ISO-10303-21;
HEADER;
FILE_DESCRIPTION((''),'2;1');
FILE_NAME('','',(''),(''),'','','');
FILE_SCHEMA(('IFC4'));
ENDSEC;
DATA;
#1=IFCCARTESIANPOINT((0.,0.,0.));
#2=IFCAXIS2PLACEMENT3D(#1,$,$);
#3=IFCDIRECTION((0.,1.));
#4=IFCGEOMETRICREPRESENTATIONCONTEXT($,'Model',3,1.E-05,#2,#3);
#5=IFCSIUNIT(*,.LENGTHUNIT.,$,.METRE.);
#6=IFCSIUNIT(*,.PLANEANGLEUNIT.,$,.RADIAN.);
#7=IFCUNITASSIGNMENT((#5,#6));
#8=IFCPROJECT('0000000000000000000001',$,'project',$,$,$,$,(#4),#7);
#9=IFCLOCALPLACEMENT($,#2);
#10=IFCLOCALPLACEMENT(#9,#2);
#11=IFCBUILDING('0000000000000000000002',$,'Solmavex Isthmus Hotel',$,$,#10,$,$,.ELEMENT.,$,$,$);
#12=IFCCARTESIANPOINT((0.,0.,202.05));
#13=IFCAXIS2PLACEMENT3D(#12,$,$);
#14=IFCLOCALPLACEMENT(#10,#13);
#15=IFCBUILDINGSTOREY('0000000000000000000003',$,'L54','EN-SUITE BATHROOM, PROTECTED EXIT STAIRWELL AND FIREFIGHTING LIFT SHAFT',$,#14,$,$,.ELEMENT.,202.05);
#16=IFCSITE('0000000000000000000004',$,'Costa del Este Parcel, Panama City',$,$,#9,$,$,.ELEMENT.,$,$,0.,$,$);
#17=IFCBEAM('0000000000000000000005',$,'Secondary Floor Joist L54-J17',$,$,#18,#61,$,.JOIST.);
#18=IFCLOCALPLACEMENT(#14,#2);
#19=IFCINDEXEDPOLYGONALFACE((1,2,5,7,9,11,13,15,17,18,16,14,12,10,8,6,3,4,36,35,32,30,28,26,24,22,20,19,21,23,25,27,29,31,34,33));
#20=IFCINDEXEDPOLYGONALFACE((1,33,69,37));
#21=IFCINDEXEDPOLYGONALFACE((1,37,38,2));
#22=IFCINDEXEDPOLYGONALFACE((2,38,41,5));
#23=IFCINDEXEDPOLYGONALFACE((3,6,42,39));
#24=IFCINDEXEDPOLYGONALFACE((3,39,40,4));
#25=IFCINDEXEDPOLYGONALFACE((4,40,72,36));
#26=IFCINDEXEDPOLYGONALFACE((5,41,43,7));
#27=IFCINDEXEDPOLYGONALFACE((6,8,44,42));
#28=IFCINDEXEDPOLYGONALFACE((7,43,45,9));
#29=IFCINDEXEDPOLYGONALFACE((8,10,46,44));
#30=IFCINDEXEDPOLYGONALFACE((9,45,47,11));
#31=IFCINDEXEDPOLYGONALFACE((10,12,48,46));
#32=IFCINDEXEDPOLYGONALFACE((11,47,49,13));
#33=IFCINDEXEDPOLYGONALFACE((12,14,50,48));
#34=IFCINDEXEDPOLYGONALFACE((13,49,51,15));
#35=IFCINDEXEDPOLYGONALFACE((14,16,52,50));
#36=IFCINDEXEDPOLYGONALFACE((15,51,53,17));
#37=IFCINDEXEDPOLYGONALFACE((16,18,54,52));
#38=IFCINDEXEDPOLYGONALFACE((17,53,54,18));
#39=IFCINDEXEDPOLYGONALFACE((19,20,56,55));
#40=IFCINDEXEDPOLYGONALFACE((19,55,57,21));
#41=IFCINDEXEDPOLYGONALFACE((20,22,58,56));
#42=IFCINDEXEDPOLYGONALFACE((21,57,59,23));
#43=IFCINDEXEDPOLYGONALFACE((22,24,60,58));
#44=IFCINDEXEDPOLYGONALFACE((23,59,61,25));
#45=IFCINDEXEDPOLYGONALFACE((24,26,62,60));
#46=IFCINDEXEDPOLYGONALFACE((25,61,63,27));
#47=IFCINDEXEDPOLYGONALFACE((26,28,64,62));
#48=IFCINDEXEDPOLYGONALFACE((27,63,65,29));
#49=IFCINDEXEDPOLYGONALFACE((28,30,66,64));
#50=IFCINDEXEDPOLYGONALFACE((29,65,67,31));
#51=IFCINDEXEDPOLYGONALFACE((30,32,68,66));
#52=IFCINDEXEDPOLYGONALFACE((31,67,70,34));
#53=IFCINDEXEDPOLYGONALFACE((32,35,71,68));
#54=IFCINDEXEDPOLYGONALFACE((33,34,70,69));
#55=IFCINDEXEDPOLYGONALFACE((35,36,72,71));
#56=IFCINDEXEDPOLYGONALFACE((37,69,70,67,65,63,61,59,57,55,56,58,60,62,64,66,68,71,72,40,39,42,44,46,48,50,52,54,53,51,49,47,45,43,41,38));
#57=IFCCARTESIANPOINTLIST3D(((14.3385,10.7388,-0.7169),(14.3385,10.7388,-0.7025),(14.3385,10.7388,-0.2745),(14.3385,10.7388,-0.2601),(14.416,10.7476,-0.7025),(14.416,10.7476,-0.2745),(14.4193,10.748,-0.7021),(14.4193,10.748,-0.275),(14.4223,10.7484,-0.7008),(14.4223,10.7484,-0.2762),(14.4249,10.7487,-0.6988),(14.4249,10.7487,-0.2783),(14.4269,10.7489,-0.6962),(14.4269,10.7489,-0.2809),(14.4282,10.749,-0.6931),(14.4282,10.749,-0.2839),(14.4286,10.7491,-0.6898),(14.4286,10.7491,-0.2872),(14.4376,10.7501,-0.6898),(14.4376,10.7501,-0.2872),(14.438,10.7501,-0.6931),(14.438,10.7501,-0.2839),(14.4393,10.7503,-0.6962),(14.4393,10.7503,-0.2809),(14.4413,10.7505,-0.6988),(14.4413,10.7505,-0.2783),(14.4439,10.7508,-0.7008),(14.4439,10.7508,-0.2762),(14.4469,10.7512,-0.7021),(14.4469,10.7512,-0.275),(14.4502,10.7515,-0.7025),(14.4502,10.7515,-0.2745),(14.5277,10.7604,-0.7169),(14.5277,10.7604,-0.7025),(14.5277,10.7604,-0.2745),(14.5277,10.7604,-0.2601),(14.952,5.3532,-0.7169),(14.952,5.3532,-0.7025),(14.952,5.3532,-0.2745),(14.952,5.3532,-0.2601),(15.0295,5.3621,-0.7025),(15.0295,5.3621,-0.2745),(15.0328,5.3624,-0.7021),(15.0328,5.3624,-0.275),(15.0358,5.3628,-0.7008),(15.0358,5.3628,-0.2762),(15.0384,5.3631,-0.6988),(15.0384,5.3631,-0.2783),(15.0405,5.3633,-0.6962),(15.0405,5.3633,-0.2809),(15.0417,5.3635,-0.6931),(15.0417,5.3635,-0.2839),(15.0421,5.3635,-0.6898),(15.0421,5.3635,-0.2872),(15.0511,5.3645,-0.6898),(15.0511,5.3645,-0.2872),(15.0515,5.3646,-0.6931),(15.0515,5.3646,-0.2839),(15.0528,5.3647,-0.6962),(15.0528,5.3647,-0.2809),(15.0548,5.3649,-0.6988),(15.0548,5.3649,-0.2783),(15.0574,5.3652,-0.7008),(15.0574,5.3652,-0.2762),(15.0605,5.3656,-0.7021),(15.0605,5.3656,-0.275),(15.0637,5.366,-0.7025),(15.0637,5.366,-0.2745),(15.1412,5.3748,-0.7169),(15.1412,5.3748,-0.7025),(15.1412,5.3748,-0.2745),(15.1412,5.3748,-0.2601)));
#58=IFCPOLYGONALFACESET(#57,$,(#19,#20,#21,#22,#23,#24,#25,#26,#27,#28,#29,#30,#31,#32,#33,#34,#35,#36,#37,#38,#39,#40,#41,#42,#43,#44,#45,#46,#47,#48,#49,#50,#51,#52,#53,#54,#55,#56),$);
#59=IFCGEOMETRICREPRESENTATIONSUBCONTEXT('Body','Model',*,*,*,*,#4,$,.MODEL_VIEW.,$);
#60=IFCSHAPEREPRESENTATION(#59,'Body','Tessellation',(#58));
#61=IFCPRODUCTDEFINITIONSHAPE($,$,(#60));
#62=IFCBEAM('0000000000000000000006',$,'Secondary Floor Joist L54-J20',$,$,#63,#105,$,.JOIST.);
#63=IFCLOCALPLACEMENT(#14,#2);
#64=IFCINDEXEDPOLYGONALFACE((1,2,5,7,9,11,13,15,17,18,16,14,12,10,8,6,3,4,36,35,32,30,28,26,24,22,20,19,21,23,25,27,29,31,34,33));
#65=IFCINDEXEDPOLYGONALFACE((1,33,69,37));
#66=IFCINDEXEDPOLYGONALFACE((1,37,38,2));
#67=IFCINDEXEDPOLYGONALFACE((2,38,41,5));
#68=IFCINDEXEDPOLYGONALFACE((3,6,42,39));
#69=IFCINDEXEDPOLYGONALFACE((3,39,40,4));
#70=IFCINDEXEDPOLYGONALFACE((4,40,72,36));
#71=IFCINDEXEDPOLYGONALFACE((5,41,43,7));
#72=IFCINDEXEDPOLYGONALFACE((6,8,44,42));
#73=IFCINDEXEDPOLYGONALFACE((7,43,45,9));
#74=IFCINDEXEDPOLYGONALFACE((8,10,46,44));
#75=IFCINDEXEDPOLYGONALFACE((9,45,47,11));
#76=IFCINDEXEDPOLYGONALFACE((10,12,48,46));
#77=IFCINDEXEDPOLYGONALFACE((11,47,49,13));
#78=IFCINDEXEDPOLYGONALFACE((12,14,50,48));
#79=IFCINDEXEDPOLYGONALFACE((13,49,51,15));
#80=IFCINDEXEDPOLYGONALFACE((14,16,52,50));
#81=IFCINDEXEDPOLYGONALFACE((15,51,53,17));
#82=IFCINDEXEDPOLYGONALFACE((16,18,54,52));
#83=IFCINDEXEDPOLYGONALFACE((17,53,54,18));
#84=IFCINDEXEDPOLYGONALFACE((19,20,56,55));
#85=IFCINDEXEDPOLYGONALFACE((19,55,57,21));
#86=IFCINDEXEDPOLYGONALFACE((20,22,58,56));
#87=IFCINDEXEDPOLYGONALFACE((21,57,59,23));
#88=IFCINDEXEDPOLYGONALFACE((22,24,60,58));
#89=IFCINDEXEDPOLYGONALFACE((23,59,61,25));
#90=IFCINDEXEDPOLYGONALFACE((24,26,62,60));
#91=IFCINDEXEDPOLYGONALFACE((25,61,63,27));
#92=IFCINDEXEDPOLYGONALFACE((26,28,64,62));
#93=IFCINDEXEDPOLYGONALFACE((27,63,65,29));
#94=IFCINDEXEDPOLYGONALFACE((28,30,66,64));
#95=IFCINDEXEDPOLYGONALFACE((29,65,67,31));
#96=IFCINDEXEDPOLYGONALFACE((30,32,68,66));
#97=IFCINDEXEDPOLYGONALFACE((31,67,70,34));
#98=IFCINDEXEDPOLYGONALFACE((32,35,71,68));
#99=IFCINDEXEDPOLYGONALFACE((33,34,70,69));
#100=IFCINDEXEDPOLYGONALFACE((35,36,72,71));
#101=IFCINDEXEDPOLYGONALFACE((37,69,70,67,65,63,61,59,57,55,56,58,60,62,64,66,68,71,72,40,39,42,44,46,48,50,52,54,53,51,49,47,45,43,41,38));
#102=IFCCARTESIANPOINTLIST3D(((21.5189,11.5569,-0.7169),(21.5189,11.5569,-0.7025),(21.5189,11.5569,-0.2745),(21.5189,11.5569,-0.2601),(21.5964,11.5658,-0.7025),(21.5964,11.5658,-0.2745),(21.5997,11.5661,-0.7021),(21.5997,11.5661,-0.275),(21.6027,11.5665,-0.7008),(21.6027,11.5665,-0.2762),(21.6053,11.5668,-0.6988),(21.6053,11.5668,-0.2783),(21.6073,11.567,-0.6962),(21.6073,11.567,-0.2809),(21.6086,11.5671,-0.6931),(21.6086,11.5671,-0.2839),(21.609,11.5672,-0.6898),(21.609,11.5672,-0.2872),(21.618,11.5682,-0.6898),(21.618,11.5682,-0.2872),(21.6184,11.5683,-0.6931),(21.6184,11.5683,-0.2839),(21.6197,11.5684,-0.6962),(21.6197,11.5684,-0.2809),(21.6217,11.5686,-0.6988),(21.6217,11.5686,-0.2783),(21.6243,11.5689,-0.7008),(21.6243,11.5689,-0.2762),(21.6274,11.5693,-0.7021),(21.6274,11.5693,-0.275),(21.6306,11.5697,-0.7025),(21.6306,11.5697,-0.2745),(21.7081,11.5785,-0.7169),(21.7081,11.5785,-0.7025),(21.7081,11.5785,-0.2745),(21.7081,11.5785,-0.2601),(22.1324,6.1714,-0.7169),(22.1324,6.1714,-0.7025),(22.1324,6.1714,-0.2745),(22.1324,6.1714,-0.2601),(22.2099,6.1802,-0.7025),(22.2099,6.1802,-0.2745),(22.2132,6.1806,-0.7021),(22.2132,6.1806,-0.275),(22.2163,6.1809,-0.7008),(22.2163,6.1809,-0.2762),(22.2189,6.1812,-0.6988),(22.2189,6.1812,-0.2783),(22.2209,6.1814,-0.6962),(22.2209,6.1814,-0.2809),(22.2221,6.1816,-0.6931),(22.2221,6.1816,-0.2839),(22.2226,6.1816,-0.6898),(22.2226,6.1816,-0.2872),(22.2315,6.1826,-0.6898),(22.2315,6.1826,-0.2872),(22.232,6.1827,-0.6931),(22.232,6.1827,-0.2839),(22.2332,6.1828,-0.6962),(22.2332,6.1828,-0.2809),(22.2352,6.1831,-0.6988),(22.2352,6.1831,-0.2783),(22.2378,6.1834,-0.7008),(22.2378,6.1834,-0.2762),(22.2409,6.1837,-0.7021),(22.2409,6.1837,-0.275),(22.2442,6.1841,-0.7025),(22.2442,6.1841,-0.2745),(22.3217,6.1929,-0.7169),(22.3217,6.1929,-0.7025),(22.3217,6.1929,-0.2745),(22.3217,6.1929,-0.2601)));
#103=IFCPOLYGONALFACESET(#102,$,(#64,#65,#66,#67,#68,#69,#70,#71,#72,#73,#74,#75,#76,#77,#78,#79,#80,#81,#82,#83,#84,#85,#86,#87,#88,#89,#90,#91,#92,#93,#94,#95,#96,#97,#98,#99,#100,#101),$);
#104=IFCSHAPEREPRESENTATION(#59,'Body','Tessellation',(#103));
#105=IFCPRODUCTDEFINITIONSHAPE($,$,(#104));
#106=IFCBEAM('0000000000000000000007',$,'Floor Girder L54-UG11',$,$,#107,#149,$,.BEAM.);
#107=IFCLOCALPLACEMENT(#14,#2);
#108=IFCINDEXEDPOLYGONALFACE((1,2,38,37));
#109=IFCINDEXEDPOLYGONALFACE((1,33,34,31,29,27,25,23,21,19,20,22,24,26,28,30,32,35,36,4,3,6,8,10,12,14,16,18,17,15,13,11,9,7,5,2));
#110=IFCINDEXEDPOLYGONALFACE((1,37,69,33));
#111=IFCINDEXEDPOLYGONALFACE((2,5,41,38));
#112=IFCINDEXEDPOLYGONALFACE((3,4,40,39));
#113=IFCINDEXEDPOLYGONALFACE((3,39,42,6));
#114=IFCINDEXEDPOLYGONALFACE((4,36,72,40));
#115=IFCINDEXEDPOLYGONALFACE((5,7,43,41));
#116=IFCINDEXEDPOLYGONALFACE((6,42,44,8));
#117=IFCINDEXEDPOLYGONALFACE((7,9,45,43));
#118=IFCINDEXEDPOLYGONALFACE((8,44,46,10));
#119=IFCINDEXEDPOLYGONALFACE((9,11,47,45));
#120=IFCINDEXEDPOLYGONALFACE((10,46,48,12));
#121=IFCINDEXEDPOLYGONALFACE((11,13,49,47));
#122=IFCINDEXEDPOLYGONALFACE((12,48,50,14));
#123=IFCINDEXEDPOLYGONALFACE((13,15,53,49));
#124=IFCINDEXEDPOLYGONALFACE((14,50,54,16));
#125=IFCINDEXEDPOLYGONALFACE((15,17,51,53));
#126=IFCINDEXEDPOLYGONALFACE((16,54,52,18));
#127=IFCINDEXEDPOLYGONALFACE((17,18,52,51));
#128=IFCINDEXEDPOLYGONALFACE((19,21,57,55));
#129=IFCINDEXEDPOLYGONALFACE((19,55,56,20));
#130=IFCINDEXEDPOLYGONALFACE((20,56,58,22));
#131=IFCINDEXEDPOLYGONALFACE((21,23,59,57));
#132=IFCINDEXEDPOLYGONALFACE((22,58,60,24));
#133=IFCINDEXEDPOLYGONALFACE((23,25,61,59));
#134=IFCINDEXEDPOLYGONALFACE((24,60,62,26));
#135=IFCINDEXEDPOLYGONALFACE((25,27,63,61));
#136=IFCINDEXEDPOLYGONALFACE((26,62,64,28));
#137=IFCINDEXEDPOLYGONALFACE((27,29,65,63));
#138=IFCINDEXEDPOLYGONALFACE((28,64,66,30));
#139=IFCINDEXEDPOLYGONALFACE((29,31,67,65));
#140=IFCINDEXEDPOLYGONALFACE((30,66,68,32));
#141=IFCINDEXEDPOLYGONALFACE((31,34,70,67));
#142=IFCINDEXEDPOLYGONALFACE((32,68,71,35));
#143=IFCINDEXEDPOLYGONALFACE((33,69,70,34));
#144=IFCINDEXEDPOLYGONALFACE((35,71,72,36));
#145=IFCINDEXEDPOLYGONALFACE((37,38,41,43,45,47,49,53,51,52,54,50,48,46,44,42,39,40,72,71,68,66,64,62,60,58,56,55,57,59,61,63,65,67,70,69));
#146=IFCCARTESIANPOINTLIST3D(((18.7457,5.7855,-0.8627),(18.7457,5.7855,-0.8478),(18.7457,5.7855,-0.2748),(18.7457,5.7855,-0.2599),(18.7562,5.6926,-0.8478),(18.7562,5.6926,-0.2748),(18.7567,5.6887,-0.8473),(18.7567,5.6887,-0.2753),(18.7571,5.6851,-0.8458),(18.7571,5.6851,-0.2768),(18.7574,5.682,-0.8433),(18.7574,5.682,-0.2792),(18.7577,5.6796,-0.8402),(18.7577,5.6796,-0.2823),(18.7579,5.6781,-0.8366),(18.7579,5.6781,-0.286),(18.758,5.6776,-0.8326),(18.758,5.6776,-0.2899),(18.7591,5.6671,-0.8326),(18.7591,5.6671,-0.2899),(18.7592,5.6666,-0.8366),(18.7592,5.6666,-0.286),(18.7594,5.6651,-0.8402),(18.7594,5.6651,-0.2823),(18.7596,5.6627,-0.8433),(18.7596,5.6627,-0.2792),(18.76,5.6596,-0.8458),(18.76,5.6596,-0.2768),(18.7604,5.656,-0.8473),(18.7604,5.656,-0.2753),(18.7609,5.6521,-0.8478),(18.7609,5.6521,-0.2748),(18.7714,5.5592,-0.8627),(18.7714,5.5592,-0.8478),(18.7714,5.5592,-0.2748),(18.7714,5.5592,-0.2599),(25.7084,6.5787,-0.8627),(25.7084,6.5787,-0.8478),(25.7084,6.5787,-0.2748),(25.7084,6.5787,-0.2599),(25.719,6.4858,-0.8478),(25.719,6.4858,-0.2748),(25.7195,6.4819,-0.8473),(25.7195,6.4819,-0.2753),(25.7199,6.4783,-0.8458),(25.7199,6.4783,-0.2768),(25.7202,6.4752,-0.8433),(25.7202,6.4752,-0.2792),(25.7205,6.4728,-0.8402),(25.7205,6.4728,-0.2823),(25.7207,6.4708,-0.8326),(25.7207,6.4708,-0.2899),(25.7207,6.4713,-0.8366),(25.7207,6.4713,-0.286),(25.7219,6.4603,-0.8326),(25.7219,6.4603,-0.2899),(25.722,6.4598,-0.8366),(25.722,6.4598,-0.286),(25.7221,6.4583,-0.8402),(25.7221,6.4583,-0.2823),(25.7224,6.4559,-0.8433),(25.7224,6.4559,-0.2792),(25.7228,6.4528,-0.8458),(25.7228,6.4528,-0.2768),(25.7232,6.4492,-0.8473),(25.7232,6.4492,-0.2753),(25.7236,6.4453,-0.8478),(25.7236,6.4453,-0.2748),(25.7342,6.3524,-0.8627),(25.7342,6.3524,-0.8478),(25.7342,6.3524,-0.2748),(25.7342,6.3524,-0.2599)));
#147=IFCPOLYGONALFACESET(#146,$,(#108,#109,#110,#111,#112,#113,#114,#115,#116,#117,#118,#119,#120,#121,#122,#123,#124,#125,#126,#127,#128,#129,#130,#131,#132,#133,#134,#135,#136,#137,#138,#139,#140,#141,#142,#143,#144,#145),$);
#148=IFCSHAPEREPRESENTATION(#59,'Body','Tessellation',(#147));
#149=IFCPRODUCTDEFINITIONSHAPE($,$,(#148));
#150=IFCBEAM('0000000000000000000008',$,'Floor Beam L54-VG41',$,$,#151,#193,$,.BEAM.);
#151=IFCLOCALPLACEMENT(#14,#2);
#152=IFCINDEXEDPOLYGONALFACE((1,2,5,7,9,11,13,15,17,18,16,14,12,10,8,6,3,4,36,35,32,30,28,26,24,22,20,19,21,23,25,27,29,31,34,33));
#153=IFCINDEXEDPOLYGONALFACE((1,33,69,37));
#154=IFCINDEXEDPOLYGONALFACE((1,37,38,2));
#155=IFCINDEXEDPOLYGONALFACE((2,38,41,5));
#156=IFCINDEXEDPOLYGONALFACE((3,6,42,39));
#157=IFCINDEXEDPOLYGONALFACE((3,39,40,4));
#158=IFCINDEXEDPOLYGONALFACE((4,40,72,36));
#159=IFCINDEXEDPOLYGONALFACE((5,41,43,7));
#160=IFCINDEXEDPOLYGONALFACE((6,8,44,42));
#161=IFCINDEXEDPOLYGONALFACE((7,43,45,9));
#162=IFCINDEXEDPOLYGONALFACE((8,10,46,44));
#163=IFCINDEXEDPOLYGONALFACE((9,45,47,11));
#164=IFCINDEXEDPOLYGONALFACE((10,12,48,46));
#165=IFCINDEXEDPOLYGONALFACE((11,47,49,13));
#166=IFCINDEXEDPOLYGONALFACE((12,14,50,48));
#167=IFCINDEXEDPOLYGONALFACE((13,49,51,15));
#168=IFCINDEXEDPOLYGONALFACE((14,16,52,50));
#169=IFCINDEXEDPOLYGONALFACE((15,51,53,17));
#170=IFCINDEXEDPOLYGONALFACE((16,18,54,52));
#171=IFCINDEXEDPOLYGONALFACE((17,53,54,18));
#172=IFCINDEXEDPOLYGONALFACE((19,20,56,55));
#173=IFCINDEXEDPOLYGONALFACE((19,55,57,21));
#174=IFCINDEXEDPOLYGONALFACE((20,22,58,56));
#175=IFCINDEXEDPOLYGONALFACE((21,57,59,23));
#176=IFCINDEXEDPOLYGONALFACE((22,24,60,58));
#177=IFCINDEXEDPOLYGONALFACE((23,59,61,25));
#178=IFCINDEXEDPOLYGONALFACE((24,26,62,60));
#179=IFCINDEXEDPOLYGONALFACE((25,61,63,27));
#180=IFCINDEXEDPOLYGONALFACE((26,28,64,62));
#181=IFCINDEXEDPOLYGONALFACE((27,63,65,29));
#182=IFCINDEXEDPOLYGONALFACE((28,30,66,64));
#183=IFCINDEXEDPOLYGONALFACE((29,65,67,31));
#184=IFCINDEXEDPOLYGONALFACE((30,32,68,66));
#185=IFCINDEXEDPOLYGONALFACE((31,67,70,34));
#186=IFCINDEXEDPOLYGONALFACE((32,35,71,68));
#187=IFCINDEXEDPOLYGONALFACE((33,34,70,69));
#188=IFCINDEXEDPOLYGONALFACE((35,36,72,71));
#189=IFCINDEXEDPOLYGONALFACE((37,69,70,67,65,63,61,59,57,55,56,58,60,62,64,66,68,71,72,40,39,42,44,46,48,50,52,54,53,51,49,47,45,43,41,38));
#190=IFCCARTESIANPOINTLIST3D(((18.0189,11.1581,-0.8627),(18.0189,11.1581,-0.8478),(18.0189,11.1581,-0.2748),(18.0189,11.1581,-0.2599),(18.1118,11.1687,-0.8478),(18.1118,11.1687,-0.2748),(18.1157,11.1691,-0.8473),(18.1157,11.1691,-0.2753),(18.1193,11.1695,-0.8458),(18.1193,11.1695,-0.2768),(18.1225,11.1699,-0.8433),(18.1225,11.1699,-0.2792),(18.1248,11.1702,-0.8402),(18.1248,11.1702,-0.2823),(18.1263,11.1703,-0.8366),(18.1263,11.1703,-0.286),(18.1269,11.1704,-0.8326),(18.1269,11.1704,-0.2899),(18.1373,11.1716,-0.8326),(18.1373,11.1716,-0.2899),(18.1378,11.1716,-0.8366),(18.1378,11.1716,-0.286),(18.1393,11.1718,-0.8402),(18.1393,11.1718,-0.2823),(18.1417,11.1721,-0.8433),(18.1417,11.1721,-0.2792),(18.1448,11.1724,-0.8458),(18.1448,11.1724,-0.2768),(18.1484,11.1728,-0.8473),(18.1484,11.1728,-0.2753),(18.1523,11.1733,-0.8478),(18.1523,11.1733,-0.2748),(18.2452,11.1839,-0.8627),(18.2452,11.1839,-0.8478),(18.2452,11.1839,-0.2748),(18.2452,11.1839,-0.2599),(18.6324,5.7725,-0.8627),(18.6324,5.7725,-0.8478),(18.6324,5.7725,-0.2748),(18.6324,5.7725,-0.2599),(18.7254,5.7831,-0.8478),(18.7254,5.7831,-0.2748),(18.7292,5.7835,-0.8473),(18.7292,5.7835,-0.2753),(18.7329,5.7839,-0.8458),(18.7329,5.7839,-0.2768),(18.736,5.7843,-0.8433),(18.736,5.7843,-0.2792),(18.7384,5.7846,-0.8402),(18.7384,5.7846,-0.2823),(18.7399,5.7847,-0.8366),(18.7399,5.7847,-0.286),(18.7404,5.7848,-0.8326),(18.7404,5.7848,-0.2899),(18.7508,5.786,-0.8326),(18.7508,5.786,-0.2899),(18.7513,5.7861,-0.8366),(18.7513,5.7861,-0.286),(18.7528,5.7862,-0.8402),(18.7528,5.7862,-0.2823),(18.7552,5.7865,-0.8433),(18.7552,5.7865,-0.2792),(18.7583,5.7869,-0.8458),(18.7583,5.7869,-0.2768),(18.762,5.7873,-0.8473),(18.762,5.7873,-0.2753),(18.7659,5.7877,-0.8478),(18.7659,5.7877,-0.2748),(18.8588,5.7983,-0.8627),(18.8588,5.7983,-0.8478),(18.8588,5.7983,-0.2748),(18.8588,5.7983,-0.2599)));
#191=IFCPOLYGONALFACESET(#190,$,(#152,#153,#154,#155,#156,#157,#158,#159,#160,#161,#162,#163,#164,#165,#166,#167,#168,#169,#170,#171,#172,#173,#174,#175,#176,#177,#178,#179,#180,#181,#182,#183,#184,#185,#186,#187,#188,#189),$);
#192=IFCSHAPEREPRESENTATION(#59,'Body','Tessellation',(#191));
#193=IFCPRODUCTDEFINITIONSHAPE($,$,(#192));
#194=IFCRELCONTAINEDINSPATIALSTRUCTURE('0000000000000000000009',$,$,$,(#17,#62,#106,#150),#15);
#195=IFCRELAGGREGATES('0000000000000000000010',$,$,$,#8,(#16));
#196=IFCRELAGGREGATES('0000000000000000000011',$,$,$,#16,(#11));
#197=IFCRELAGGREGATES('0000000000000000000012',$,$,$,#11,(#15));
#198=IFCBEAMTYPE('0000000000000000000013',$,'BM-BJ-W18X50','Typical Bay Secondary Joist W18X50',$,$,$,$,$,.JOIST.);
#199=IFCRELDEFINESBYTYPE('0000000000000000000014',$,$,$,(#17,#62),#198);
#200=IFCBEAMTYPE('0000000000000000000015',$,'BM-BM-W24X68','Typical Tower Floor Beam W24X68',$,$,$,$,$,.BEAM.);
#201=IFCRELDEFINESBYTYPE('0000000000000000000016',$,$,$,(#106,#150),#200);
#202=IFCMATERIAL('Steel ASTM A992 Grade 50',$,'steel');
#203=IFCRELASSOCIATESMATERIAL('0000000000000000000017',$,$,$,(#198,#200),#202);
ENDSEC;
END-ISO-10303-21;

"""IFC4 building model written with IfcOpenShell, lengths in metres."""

from ifc_helpers import new_model, si_unit, direction, frame, origin, origin_2d, place, context, subcontext, project, spatial, i_section, extrude, material, material_profile, profile_set, type_object, element, save


model = new_model("IFC4")

# Units and contexts
model_context = context("Model", 3, precision=1e-05, world=origin(), true_north=direction((0.0, 1.0)))
body_context = subcontext(model_context, "Body", "Model", "MODEL_VIEW")
ifc_project = project(units=[si_unit("LENGTHUNIT", "METRE"), si_unit("PLANEANGLEUNIT", "RADIAN")], contexts=[model_context])

# Site, building, storey
site_placement = place(None, origin())
site = spatial("IfcSite", under=ifc_project, at=site_placement, Name="Costa del Este Parcel, Panama City", CompositionType="ELEMENT", RefElevation=0.0)
building_placement = place(site_placement, origin())
building = spatial("IfcBuilding", under=site, at=building_placement, Name="Solmavex Isthmus Hotel", CompositionType="ELEMENT")
storey_placement = place(building_placement, frame((0.0, 0.0, 202.05)))
storey = spatial("IfcBuildingStorey", under=building, at=storey_placement, Name="L54", Description="EN-SUITE BATHROOM, PROTECTED EXIT STAIRWELL AND FIREFIGHTING LIFT SHAFT", CompositionType="ELEMENT", Elevation=202.05)

# Beams
ifc_material_1 = material(Name="Steel ASTM A992 Grade 50", Category="steel")
ifc_material_profile_1 = material_profile(ifc_material_1, i_section(OverallWidth=0.1904, OverallDepth=0.4568, WebThickness=0.009, FlangeThickness=0.0144, FilletRadius=0.0127, at=origin_2d()), Name="W18X50")
ifc_profile_set_1 = profile_set([ifc_material_profile_1], Name="Steel ASTM A992 Grade 50")
beam_type_1 = type_object("IfcBeamType", Name="BM-BJ-W18X50", Description="Typical Bay Secondary Joist W18X50", PredefinedType="JOIST", material=ifc_profile_set_1)
for number, where, z_axis, x_axis, name in (
    (1, (15.0466, 5.364, -0.4885), (-0.11319, 0.993573, 0.0), (-0.993573, -0.11319, 0.0), "Secondary Floor Joist L54-J17"),
    (2, (22.2271, 6.1821, -0.4885), (-0.11319, 0.993573, 0.0), (-0.993573, -0.11319, 0.0), "Secondary Floor Joist L54-J20"),
):
    element("IfcBeam", number, at=place(storey_placement, frame(where, z_axis=z_axis, x_axis=x_axis)), inside=storey, type_object=beam_type_1, Name=name, PredefinedType="JOIST", context=body_context, shape_type="SweptSolid", body=[
        extrude(i_section(OverallWidth=0.1904, OverallDepth=0.4568, WebThickness=0.009, FlangeThickness=0.0144, FilletRadius=0.0127, at=origin_2d()), origin(), (0.0, 0.0, 1.0), 5.4204),
    ])
ifc_material_profile_2 = material_profile(ifc_material_1, i_section(OverallWidth=0.2278, OverallDepth=0.6028, WebThickness=0.0105, FlangeThickness=0.0149, FilletRadius=0.0151, at=origin_2d()), Name="W24X68")
ifc_profile_set_2 = profile_set([ifc_material_profile_2], Name="Steel ASTM A992 Grade 50")
beam_type_2 = type_object("IfcBeamType", Name="BM-BM-W24X68", Description="Typical Tower Floor Beam W24X68", PredefinedType="BEAM", material=ifc_profile_set_2)
beam_1_placement = place(storey_placement, frame((18.7585, 5.6724, -0.5613), z_axis=(0.993574, 0.113188, 0.0), x_axis=(-0.113188, 0.993574, 0.0)))
element("IfcBeam", 3, at=beam_1_placement, inside=storey, type_object=beam_type_2, Name="Floor Girder L54-UG11", PredefinedType="BEAM", context=body_context, shape_type="SweptSolid", body=[
    extrude(i_section(OverallWidth=0.2278, OverallDepth=0.6028, WebThickness=0.0105, FlangeThickness=0.0149, FilletRadius=0.0151, at=origin_2d()), origin(), (0.0, 0.0, 1.0), 7.0078),
])
beam_2_placement = place(storey_placement, frame((18.7456, 5.7854, -0.5613), z_axis=(-0.11319, 0.993573, 0.0), x_axis=(-0.993573, -0.11319, 0.0)))
element("IfcBeam", 4, at=beam_2_placement, inside=storey, type_object=beam_type_2, Name="Floor Beam L54-VG41", PredefinedType="BEAM", context=body_context, shape_type="SweptSolid", body=[
    extrude(i_section(OverallWidth=0.2278, OverallDepth=0.6028, WebThickness=0.0105, FlangeThickness=0.0149, FilletRadius=0.0151, at=origin_2d()), origin(), (0.0, 0.0, 1.0), 5.4204),
])

save(model, "model.ifc")
